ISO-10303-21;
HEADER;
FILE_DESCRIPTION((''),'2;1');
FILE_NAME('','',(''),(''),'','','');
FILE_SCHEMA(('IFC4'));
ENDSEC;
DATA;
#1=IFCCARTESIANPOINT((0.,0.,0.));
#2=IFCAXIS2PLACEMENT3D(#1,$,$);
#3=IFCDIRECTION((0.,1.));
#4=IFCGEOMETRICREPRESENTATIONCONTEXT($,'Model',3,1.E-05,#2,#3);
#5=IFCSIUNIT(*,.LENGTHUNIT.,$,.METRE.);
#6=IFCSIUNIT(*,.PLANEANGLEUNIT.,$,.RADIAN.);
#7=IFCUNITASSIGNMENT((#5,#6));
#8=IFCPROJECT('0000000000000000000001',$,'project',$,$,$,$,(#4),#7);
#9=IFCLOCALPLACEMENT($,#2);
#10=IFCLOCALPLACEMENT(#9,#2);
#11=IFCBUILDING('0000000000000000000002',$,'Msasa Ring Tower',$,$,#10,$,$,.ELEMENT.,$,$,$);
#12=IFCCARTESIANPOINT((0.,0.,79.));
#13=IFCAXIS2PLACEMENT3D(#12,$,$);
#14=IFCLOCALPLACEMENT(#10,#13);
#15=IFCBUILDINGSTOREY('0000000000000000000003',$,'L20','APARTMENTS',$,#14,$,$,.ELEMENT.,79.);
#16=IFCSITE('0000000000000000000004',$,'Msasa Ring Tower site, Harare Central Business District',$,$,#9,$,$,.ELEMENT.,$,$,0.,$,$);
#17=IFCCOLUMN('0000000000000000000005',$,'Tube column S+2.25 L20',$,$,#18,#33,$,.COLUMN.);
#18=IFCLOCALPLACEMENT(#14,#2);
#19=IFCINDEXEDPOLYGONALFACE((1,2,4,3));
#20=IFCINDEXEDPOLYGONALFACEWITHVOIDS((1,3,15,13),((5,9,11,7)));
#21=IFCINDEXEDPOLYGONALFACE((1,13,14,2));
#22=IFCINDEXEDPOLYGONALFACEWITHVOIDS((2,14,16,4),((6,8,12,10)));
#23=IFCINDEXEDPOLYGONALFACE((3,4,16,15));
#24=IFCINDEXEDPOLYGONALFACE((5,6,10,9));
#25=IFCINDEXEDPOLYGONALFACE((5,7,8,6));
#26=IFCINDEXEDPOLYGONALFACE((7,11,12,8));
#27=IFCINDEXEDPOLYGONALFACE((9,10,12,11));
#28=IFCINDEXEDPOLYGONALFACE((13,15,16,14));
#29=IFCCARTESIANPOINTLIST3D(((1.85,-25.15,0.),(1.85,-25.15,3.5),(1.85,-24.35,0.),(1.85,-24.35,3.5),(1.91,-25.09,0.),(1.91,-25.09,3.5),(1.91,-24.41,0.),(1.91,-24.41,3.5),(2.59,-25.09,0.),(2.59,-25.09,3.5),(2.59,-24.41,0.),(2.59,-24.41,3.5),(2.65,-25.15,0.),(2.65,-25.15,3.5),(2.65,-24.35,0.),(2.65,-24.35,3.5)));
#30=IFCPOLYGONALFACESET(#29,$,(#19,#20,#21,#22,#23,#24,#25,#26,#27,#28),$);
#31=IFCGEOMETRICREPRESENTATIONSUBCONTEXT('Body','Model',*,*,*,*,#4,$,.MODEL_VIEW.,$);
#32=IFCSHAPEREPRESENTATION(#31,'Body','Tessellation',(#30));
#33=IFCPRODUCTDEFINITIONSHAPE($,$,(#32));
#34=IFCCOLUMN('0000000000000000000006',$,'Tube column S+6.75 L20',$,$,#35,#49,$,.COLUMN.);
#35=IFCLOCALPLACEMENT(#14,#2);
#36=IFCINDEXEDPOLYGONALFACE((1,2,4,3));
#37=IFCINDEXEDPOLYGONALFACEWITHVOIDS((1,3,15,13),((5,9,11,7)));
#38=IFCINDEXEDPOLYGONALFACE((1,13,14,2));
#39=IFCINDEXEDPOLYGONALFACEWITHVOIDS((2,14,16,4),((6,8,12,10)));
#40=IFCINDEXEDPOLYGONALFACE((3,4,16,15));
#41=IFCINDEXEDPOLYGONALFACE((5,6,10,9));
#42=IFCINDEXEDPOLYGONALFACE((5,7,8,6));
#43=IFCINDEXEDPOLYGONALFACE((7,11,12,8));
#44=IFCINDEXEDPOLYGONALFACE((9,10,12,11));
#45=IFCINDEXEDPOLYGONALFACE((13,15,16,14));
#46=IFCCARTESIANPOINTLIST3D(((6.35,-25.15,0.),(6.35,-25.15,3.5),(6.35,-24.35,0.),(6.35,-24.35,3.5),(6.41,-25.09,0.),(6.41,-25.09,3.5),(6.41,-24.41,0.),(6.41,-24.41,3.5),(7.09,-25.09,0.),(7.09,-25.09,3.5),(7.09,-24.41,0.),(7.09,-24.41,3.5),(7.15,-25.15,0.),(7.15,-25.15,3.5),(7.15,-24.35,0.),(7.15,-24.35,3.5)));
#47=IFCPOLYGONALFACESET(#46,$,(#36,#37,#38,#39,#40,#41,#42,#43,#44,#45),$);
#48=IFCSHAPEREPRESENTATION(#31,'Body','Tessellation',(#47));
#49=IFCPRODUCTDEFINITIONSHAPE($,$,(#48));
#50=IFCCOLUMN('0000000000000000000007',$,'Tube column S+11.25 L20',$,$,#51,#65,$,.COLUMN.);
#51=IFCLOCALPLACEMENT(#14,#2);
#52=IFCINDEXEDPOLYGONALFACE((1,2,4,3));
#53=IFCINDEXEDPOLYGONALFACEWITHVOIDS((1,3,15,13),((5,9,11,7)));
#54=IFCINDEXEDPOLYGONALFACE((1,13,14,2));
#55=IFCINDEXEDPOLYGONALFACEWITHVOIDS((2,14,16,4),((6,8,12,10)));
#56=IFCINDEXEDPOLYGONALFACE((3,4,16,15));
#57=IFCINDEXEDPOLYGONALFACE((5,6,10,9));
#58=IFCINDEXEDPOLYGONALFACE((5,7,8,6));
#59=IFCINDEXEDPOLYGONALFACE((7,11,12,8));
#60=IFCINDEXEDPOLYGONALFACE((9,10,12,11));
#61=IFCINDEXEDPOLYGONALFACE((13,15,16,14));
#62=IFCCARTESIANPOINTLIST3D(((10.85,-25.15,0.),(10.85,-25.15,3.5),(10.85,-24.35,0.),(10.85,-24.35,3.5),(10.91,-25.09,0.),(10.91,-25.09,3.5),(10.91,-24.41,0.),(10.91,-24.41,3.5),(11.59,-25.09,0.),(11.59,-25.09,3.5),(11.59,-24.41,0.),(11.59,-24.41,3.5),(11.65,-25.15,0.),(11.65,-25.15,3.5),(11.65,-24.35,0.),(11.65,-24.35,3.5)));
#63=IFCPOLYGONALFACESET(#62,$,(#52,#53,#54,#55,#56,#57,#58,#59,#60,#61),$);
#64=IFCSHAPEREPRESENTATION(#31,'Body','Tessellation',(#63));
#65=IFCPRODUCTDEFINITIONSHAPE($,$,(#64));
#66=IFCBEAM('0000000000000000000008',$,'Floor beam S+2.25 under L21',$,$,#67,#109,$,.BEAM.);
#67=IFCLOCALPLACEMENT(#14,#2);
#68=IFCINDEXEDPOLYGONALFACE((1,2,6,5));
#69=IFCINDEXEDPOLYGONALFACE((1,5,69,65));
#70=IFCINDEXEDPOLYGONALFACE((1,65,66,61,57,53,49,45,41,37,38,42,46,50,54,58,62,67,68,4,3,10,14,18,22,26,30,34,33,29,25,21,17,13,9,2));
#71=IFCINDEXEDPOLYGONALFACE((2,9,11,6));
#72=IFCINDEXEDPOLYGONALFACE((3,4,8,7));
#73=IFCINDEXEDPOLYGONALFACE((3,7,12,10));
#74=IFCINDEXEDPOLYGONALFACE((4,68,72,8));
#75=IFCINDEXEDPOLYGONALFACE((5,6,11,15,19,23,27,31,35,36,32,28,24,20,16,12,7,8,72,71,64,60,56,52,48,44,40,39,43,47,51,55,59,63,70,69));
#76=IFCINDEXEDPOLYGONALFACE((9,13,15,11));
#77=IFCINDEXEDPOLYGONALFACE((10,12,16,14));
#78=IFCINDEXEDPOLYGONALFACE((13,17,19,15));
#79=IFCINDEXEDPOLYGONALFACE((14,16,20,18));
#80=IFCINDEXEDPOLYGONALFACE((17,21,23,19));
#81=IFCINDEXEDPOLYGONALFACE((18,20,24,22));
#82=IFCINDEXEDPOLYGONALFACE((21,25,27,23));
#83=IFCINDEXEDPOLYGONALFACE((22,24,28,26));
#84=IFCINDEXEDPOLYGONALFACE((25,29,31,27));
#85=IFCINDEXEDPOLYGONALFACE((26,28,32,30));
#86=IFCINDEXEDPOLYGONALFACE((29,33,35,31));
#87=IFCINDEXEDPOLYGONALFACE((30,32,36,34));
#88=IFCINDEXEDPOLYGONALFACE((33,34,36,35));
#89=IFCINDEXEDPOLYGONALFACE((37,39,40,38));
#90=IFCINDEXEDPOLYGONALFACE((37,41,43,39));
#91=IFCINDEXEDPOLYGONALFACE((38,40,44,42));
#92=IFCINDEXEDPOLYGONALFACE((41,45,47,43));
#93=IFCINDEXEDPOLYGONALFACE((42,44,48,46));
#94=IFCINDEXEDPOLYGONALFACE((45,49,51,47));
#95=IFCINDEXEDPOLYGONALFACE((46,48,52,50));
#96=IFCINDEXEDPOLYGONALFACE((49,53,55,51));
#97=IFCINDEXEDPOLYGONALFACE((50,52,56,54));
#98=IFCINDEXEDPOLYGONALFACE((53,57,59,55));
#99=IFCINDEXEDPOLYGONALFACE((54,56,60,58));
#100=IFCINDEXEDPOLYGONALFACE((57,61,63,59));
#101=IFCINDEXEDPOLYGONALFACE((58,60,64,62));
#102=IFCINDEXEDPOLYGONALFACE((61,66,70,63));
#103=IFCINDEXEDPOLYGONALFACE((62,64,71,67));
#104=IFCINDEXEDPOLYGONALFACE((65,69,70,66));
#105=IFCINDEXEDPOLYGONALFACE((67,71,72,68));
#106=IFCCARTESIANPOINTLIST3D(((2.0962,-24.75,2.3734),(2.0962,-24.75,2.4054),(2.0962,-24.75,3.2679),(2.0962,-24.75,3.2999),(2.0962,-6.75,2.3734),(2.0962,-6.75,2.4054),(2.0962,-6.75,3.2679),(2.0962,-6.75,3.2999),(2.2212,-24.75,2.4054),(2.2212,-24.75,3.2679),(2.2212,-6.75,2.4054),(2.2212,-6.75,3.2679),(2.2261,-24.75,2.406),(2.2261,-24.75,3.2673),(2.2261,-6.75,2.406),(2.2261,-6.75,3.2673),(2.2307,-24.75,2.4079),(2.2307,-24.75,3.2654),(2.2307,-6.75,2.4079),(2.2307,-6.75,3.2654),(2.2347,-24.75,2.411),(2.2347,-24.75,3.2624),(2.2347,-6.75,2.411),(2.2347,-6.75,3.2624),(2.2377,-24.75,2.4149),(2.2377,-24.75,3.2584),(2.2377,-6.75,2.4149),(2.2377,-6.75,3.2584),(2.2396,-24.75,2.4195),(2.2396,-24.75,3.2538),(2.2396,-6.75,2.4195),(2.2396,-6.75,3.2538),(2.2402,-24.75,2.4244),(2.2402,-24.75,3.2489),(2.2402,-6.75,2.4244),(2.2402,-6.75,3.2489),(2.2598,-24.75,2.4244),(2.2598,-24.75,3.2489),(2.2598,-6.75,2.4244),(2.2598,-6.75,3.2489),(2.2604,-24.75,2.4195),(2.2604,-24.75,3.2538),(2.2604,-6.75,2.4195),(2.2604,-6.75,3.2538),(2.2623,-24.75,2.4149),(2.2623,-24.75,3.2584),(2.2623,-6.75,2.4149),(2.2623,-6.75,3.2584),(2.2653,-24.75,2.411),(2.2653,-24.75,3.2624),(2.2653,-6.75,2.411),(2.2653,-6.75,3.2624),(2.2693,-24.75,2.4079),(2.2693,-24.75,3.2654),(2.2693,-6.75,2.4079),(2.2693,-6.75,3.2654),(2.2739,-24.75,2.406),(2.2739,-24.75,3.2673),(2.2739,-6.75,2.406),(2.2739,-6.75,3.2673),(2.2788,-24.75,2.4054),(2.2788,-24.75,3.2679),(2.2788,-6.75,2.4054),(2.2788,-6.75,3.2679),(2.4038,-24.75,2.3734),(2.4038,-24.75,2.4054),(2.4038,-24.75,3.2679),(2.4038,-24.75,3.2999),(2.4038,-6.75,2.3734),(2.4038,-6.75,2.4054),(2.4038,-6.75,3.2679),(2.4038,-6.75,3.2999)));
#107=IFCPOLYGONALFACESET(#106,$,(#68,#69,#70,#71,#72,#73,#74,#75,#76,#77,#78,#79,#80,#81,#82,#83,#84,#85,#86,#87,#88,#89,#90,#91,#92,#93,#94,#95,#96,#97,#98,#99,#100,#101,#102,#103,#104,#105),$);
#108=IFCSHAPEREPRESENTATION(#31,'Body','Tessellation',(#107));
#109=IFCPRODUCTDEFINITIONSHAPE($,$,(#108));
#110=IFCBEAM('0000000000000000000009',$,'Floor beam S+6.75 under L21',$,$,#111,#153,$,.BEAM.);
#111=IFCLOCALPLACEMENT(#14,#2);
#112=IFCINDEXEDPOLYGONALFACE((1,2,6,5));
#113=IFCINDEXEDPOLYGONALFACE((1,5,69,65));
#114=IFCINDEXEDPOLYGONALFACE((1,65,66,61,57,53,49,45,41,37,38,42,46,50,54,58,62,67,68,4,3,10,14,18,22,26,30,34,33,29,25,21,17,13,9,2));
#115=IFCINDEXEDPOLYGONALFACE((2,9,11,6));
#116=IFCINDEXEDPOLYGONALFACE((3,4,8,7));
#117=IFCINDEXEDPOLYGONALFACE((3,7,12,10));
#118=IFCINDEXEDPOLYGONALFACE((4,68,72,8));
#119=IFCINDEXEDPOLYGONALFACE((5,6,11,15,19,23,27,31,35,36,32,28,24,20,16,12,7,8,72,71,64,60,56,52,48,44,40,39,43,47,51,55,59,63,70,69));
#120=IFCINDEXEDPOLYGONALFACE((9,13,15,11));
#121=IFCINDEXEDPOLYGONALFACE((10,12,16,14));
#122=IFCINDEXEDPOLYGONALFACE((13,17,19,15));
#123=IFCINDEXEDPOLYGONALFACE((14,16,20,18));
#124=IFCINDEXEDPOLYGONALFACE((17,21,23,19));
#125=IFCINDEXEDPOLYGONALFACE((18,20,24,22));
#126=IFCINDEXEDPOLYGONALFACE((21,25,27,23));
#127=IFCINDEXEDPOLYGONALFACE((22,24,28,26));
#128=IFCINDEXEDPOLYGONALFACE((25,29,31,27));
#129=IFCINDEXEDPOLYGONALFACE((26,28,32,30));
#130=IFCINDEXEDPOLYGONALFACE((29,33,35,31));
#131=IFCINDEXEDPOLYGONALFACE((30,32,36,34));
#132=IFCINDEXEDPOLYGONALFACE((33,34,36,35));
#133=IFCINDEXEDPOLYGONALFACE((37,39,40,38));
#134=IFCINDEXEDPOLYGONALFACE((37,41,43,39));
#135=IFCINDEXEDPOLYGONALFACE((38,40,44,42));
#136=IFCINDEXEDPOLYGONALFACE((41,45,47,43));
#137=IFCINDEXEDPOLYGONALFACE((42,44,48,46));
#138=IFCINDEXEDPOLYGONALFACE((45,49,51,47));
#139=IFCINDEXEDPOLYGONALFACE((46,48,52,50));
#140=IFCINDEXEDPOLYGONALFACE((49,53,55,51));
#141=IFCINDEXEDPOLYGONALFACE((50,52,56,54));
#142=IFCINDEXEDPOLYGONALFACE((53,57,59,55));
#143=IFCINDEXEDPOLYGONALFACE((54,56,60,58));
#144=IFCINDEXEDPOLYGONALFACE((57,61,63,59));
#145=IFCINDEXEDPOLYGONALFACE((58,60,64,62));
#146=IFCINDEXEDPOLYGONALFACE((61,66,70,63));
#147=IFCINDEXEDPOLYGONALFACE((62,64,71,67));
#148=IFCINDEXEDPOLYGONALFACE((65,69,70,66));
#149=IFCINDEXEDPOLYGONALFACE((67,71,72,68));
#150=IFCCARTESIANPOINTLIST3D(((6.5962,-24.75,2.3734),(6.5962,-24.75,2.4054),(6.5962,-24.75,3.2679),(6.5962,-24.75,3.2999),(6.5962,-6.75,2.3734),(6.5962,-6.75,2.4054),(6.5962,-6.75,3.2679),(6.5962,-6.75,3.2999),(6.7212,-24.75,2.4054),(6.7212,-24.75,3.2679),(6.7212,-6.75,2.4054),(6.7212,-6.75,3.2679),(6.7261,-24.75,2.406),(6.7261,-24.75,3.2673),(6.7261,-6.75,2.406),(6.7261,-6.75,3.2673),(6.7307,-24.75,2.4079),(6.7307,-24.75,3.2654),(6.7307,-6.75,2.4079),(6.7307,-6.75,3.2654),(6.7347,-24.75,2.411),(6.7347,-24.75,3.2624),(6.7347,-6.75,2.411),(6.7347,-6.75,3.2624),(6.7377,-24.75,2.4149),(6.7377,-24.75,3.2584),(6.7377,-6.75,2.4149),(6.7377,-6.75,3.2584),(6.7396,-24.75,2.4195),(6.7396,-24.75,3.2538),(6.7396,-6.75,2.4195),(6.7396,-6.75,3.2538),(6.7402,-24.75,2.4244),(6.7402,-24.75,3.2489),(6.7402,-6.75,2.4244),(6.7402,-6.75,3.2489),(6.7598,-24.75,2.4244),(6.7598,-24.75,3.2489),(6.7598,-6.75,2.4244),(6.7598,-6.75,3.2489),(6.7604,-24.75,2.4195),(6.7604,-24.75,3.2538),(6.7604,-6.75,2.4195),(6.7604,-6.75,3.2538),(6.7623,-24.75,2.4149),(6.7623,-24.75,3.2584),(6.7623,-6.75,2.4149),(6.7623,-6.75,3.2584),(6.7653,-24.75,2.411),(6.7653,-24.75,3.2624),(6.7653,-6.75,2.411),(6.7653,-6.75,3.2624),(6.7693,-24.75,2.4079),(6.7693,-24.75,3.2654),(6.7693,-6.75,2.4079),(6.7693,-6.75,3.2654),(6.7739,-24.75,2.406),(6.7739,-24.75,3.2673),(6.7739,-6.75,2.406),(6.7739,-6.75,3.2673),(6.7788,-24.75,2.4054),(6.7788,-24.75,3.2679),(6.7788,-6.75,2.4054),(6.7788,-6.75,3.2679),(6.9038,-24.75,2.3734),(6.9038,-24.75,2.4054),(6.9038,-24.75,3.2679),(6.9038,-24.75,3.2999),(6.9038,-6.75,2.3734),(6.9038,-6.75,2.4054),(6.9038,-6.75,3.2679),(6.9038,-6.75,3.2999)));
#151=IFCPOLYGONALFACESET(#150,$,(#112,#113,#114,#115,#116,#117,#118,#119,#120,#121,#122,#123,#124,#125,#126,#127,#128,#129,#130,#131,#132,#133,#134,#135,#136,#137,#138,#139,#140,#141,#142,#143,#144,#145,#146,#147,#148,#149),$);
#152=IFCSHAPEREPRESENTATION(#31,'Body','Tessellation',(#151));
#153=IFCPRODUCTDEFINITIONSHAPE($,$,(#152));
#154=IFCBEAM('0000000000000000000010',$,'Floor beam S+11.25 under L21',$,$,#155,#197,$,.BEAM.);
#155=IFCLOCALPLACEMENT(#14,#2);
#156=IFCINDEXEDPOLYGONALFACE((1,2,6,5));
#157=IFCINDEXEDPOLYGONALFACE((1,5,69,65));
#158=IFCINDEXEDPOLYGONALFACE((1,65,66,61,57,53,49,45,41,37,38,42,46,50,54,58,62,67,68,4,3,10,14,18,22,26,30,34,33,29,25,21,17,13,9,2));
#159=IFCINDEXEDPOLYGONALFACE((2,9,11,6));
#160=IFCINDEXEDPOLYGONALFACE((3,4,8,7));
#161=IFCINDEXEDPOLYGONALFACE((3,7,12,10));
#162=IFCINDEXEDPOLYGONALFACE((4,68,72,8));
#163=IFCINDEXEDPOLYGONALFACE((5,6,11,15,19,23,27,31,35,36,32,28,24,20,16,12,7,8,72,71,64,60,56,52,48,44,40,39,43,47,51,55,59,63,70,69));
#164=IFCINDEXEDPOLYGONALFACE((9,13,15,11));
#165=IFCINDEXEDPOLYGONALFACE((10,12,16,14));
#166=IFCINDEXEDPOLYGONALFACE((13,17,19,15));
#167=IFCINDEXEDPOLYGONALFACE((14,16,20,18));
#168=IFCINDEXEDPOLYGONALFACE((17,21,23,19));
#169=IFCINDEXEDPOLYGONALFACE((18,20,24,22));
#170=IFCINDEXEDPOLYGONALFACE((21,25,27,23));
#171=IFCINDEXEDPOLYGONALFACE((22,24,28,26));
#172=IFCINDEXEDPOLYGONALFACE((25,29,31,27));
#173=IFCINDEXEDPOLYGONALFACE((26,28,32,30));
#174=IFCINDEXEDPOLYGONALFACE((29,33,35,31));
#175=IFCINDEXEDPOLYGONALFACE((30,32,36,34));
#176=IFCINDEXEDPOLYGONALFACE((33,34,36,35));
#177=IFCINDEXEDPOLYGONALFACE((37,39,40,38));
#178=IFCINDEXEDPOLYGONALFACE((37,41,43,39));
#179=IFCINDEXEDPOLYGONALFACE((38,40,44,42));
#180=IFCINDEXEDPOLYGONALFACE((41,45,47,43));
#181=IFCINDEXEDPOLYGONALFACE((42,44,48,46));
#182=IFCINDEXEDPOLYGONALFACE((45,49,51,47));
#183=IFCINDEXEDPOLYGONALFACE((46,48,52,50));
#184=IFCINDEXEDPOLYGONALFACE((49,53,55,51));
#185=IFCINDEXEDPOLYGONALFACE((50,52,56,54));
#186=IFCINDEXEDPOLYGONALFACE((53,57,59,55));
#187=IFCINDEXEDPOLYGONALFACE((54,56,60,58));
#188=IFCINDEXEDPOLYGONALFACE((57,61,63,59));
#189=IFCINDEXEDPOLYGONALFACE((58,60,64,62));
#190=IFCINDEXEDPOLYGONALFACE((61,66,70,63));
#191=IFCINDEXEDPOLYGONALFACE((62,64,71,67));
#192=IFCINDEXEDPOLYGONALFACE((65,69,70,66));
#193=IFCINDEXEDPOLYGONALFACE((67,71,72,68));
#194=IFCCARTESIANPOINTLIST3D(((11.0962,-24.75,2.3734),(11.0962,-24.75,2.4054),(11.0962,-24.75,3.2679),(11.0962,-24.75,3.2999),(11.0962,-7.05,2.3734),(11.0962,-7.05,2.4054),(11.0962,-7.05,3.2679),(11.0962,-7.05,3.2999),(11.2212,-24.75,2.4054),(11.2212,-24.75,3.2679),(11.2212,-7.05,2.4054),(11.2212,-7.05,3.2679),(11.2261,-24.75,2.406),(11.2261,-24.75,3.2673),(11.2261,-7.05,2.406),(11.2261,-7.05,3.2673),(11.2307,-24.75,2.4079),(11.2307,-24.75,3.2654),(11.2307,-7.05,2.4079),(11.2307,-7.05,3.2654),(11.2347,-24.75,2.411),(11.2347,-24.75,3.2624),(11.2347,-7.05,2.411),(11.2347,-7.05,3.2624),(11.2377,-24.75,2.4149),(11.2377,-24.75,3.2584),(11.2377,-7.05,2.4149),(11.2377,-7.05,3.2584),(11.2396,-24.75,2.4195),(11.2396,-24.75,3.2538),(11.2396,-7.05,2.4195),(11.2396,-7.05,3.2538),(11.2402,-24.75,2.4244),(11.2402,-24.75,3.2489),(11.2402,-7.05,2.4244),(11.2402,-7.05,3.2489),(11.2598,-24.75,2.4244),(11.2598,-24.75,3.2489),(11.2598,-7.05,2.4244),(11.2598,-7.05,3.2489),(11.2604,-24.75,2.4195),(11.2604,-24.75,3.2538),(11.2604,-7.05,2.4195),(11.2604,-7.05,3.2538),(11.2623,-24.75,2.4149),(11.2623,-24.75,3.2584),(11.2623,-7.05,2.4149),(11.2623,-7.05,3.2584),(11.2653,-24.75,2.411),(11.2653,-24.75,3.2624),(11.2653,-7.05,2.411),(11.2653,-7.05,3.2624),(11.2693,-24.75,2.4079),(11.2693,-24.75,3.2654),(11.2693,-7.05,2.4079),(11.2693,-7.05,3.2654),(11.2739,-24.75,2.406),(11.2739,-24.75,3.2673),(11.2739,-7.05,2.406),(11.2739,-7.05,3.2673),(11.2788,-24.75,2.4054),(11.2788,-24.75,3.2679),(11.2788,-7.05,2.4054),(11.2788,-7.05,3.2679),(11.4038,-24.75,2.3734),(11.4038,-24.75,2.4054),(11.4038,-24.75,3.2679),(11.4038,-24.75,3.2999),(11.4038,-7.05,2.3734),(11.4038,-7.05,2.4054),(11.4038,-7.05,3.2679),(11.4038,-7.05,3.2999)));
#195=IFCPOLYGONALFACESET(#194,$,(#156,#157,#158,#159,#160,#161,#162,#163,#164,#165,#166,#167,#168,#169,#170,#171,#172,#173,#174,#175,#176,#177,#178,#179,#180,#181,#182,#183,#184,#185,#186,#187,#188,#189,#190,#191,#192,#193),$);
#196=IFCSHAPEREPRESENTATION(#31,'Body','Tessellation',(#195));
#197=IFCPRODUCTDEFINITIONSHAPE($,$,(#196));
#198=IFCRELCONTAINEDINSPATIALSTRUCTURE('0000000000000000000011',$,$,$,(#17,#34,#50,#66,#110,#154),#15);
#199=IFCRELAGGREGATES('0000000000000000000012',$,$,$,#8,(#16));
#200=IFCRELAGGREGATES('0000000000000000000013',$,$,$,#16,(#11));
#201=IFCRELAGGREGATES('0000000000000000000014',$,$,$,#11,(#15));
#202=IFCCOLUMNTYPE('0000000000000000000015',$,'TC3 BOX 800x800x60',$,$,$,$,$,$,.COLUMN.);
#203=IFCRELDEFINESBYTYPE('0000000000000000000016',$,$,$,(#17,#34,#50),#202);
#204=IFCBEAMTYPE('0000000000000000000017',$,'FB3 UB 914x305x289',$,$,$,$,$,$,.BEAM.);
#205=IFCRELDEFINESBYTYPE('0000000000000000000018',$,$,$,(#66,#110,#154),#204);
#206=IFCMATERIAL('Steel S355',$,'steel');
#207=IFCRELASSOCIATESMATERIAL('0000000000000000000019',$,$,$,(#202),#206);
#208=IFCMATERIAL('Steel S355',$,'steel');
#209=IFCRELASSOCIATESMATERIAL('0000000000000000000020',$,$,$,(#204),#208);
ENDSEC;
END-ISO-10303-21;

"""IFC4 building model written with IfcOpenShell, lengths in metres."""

from ifc_helpers import new_model, si_unit, direction, frame, origin, origin_2d, place, context, subcontext, project, spatial, hollow_rectangle, i_section, extrude, material, material_profile, profile_set, type_object, element, save


model = new_model("IFC4")

# Units and contexts
model_context = context("Model", 3, precision=1e-05, world=origin(), true_north=direction((0.0, 1.0)))
body_context = subcontext(model_context, "Body", "Model", "MODEL_VIEW")
ifc_project = project(units=[si_unit("LENGTHUNIT", "METRE"), si_unit("PLANEANGLEUNIT", "RADIAN")], contexts=[model_context])

# Site, building, storey
site_placement = place(None, origin())
site = spatial("IfcSite", under=ifc_project, at=site_placement, Name="Msasa Ring Tower site, Harare Central Business District", CompositionType="ELEMENT", RefElevation=0.0)
building_placement = place(site_placement, origin())
building = spatial("IfcBuilding", under=site, at=building_placement, Name="Msasa Ring Tower", CompositionType="ELEMENT")
storey_placement = place(building_placement, frame((0.0, 0.0, 79.0)))
storey = spatial("IfcBuildingStorey", under=building, at=storey_placement, Name="L20", Description="APARTMENTS", CompositionType="ELEMENT", Elevation=79.0)

# Columns
ifc_material_1 = material(Name="Steel S355", Category="steel")
ifc_material_profile_1 = material_profile(ifc_material_1, hollow_rectangle(XDim=0.8, YDim=0.8, WallThickness=0.0601, at=origin_2d()), Name="BOX 800x800x60")
ifc_profile_set_1 = profile_set([ifc_material_profile_1], Name="Steel S355")
column_type = type_object("IfcColumnType", Name="TC3 BOX 800x800x60", PredefinedType="COLUMN", material=ifc_profile_set_1)
for number, where, z_axis, x_axis, name in (
    (1, (2.25, -24.75, 0.0), (0.0, 0.0, 1.0), (0.0, 1.0, 0.0), "Tube column S+2.25 L20"),
    (2, (6.75, -24.75, 0.0), (0.0, 0.0, 1.0), (0.0, 1.0, 0.0), "Tube column S+6.75 L20"),
    (3, (11.25, -24.75, 0.0), (0.0, 0.0, 1.0), (0.0, 1.0, 0.0), "Tube column S+11.25 L20"),
):
    element("IfcColumn", number, at=place(storey_placement, frame(where, z_axis=z_axis, x_axis=x_axis)), inside=storey, type_object=column_type, Name=name, PredefinedType="COLUMN", context=body_context, shape_type="SweptSolid", body=[
        extrude(hollow_rectangle(XDim=0.8, YDim=0.8, WallThickness=0.0601, at=origin_2d()), origin(), (0.0, 0.0, 1.0), 3.5),
    ])

# Beams
ifc_material_2 = material(Name="Steel S355", Category="steel")
ifc_material_profile_2 = material_profile(ifc_material_2, i_section(OverallWidth=0.3076, OverallDepth=0.9265, WebThickness=0.0195, FlangeThickness=0.032, FilletRadius=0.019, at=origin_2d()), Name="UB 914x305x289")
ifc_profile_set_2 = profile_set([ifc_material_profile_2], Name="Steel S355")
beam_type_1 = type_object("IfcBeamType", Name="FB3 UB 914x305x289", PredefinedType="BEAM", material=ifc_profile_set_2)
for number, where, z_axis, x_axis, name in (
    (4, (2.25, -24.75, 2.8367), (0.0, 1.0, 0.0), (-1.0, 0.0, 0.0), "Floor beam S+2.25 under L21"),
    (5, (6.75, -24.75, 2.8367), (0.0, 1.0, 0.0), (-1.0, 0.0, 0.0), "Floor beam S+6.75 under L21"),
):
    element("IfcBeam", number, at=place(storey_placement, frame(where, z_axis=z_axis, x_axis=x_axis)), inside=storey, type_object=beam_type_1, Name=name, PredefinedType="BEAM", context=body_context, shape_type="SweptSolid", body=[
        extrude(i_section(OverallWidth=0.3076, OverallDepth=0.9265, WebThickness=0.0195, FlangeThickness=0.032, FilletRadius=0.019, at=origin_2d()), origin(), (0.0, 0.0, 1.0), 18.0),
    ])
beam_placement = place(storey_placement, frame((11.25, -24.75, 2.8367), z_axis=(0.0, 1.0, 0.0), x_axis=(-1.0, 0.0, 0.0)))
element("IfcBeam", 6, at=beam_placement, inside=storey, type_object=beam_type_1, Name="Floor beam S+11.25 under L21", PredefinedType="BEAM", context=body_context, shape_type="SweptSolid", body=[
    extrude(i_section(OverallWidth=0.3076, OverallDepth=0.9265, WebThickness=0.0195, FlangeThickness=0.032, FilletRadius=0.019, at=origin_2d()), origin(), (0.0, 0.0, 1.0), 17.7),
])

save(model, "model.ifc")
